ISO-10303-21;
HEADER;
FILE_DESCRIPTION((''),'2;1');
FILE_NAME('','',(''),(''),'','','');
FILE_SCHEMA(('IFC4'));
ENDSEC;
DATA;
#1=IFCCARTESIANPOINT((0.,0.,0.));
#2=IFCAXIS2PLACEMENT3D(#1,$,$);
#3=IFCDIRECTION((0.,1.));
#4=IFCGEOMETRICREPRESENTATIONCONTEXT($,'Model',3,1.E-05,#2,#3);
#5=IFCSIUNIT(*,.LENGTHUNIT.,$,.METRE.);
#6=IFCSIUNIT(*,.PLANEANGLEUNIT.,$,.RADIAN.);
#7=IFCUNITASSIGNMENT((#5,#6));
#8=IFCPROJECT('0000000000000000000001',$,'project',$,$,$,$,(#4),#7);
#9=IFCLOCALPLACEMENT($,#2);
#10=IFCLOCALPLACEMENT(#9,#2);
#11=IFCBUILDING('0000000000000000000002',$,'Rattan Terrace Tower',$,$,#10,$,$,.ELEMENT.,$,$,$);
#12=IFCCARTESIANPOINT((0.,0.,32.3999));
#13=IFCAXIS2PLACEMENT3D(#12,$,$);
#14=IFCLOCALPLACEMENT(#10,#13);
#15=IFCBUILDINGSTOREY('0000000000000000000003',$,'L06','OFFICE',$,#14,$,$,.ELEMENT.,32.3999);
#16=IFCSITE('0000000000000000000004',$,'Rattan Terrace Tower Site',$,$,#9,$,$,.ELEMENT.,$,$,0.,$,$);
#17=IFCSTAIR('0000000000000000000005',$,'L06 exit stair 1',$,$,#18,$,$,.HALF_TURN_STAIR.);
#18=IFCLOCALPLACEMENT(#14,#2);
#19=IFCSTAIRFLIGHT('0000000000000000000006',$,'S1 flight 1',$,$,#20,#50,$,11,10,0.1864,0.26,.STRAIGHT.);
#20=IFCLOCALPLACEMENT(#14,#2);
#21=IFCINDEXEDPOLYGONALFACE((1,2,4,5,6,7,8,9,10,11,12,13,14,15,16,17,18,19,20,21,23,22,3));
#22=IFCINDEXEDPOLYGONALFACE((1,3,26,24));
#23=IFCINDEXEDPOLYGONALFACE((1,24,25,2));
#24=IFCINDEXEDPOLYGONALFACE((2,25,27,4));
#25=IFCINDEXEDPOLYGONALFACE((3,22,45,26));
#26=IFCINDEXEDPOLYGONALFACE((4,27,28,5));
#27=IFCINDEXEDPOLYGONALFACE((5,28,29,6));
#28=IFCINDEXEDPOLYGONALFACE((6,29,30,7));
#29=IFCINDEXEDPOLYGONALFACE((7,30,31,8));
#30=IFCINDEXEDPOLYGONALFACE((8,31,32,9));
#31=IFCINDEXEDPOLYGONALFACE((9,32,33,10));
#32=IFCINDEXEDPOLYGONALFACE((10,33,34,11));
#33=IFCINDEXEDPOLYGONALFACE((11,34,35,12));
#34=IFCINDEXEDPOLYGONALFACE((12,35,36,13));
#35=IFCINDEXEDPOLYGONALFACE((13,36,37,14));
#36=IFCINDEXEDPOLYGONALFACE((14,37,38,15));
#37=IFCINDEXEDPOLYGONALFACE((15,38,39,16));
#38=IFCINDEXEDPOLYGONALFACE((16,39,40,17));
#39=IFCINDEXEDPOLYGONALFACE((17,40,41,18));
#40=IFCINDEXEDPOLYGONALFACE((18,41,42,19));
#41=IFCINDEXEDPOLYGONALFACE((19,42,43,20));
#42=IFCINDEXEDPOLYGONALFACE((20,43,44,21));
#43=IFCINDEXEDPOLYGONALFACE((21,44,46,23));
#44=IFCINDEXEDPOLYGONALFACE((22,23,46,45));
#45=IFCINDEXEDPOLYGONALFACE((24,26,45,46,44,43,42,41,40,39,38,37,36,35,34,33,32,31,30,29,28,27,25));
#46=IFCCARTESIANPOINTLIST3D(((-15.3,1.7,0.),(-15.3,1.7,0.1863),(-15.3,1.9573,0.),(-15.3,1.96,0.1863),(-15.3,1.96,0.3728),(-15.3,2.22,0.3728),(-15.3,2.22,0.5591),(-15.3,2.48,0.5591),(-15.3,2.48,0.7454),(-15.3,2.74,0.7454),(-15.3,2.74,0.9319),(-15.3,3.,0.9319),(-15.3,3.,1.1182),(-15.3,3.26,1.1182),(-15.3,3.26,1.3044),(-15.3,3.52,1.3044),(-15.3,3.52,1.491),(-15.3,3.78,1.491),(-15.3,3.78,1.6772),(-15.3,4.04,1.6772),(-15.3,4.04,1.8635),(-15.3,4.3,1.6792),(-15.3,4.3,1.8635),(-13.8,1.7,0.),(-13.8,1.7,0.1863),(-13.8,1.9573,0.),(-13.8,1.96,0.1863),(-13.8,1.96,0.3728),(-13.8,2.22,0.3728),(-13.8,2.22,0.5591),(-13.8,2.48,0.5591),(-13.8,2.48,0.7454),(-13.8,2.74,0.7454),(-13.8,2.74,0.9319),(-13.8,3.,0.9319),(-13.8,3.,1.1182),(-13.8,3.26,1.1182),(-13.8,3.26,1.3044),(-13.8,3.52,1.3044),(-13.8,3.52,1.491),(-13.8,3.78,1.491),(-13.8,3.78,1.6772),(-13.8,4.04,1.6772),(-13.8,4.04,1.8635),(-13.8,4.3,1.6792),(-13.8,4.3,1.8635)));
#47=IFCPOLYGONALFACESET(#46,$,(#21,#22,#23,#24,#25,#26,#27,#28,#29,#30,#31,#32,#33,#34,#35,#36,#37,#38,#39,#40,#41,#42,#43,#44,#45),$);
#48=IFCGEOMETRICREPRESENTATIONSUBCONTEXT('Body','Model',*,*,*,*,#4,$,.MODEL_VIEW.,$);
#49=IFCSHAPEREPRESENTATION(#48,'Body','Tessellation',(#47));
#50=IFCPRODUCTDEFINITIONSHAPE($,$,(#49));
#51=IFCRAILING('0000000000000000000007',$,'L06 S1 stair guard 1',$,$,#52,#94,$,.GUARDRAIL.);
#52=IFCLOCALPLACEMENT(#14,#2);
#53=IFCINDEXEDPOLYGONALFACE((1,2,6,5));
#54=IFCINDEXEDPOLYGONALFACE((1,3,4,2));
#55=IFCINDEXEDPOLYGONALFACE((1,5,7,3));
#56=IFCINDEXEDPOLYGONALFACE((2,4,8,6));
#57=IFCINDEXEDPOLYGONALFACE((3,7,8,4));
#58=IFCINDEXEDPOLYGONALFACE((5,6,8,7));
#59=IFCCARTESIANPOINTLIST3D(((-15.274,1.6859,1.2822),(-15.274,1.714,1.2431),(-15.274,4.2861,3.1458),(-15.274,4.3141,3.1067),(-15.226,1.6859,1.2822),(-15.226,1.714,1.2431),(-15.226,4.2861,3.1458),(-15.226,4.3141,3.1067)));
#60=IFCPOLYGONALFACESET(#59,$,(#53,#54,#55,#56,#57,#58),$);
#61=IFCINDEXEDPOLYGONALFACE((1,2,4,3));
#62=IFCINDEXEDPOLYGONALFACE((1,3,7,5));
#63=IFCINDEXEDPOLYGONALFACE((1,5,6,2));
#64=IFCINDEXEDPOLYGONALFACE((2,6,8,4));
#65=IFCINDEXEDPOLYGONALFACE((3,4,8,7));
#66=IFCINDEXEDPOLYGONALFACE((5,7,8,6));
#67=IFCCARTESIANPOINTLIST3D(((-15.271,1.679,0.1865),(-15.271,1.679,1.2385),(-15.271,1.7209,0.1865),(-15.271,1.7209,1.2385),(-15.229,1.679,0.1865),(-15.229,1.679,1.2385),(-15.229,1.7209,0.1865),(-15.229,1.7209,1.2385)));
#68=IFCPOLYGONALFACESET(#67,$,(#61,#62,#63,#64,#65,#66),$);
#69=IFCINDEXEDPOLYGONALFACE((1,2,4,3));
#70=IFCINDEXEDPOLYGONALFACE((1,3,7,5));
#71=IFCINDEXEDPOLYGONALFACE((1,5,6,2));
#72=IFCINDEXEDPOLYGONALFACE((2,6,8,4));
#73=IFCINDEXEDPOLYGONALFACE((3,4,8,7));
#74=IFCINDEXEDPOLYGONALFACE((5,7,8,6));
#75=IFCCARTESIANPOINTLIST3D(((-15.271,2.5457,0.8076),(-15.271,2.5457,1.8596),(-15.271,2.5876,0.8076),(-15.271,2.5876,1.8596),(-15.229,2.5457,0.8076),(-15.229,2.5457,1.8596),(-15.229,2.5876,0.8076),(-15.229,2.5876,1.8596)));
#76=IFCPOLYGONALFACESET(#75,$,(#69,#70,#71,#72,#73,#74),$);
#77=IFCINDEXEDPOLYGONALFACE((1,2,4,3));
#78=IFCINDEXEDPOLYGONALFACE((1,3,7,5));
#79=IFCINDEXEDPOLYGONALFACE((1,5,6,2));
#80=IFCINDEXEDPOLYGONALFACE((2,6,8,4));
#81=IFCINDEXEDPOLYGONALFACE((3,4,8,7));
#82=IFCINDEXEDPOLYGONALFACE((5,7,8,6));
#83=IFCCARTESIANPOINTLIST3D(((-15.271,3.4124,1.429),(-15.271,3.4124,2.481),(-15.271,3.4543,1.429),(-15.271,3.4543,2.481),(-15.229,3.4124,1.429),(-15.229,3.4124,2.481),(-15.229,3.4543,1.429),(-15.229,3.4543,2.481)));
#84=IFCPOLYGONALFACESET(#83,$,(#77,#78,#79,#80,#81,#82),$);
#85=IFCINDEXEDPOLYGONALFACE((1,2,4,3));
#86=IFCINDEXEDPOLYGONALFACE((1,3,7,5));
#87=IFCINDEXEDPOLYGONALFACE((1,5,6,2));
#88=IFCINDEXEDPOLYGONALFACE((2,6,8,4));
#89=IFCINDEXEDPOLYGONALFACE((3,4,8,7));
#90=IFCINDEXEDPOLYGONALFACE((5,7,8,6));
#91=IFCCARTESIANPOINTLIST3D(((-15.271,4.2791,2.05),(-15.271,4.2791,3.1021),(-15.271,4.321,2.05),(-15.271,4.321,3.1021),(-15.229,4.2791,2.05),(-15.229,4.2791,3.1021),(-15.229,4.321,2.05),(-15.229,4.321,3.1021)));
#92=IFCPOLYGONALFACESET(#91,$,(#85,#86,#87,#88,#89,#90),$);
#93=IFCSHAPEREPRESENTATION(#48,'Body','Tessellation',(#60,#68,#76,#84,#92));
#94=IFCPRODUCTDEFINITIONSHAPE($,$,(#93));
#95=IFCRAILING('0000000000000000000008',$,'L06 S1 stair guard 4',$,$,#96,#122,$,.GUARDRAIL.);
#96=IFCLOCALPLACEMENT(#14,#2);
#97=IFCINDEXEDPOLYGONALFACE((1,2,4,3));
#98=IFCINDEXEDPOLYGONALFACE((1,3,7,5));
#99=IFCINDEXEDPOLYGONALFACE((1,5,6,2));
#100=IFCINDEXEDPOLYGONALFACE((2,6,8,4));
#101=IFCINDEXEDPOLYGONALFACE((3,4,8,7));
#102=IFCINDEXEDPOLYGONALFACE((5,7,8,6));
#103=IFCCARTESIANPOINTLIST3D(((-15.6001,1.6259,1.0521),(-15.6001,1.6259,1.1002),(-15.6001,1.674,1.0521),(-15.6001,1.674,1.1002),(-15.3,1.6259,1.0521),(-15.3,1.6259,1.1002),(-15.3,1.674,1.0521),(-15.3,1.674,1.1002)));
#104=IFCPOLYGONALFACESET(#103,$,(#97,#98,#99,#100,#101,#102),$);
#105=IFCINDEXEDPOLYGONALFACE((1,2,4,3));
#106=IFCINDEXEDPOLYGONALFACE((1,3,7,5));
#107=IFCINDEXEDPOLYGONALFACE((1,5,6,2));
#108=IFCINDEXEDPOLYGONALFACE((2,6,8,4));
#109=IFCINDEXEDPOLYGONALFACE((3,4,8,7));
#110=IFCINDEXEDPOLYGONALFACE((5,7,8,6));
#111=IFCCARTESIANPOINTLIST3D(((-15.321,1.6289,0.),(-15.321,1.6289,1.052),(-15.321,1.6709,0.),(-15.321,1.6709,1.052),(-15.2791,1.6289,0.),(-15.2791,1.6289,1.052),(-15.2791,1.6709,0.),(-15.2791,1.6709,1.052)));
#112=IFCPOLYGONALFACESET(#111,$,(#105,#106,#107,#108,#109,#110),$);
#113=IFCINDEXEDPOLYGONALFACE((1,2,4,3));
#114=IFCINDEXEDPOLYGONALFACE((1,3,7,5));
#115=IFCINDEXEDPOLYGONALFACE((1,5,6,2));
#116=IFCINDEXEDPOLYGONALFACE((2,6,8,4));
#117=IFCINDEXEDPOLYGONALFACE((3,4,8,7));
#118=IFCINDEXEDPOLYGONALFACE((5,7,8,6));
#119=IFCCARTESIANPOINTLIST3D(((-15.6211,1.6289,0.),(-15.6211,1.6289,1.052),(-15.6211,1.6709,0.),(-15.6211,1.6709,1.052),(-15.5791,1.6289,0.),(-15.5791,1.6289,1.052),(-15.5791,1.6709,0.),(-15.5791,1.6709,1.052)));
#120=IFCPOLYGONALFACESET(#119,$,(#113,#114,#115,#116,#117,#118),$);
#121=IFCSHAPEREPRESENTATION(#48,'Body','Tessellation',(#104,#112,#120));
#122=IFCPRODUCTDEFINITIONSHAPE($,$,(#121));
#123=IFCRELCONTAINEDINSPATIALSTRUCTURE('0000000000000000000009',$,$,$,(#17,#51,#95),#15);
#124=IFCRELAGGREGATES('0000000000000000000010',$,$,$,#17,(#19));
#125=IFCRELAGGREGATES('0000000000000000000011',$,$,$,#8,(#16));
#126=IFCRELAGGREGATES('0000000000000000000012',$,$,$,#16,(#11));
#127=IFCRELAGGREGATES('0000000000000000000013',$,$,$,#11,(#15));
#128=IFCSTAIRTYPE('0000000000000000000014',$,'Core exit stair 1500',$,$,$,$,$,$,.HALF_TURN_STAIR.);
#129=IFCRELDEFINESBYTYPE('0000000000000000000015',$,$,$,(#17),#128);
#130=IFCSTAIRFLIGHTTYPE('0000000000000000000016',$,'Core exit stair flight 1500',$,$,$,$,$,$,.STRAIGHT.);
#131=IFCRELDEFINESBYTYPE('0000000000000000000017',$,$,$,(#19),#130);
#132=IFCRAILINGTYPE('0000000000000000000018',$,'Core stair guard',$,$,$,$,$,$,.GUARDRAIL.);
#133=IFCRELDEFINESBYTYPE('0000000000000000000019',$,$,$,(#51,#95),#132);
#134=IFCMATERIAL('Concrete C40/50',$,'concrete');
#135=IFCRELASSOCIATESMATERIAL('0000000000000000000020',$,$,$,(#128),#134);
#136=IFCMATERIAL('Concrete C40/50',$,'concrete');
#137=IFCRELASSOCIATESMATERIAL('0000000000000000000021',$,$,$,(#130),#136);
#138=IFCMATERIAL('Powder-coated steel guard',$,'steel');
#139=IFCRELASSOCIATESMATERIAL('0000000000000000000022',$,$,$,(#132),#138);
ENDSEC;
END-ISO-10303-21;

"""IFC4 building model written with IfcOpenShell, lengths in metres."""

from ifc_helpers import new_model, si_unit, direction, frame, origin, origin_2d, place, context, subcontext, project, spatial, polyline, rectangle, outline, extrude, material, type_object, element, aggregate, save


model = new_model("IFC4")

# Units and contexts
model_context = context("Model", 3, precision=1e-05, world=origin(), true_north=direction((0.0, 1.0)))
body_context = subcontext(model_context, "Body", "Model", "MODEL_VIEW")
ifc_project = project(units=[si_unit("LENGTHUNIT", "METRE"), si_unit("PLANEANGLEUNIT", "RADIAN")], contexts=[model_context])

# Site, building, storey
site_placement = place(None, origin())
site = spatial("IfcSite", under=ifc_project, at=site_placement, Name="Rattan Terrace Tower Site", CompositionType="ELEMENT", RefElevation=0.0)
building_placement = place(site_placement, origin())
building = spatial("IfcBuilding", under=site, at=building_placement, Name="Rattan Terrace Tower", CompositionType="ELEMENT")
storey_placement = place(building_placement, frame((0.0, 0.0, 32.3999)))
storey = spatial("IfcBuildingStorey", under=building, at=storey_placement, Name="L06", Description="OFFICE", CompositionType="ELEMENT", Elevation=32.3999)

# Stair, stair flight
ifc_material_1 = material(Name="Concrete C40/50", Category="concrete")
stair_type = type_object("IfcStairType", Name="Core exit stair 1500", PredefinedType="HALF_TURN_STAIR", material=ifc_material_1)
stair_placement = place(storey_placement, origin())
stair = element("IfcStair", 1, at=stair_placement, inside=storey, type_object=stair_type, Name="L06 exit stair 1", PredefinedType="HALF_TURN_STAIR")
ifc_material_2 = material(Name="Concrete C40/50", Category="concrete")
stair_flight_type = type_object("IfcStairFlightType", Name="Core exit stair flight 1500", PredefinedType="STRAIGHT", material=ifc_material_2)
stair_flight_placement = place(storey_placement, frame((-14.55, 1.7, 0.0), z_axis=(0.0, 0.0, 1.0), x_axis=(0.0, 1.0, 0.0)))
stair_flight = element("IfcStairFlight", 2, at=stair_flight_placement, type_object=stair_flight_type, Name="S1 flight 1", NumberOfRisers=11, NumberOfTreads=10, PredefinedType="STRAIGHT", RiserHeight=0.1864, TreadLength=0.26, context=body_context, shape_type="SweptSolid", body=[
    extrude(outline(polyline([(0.0, 0.0), (0.0, 0.1863), (0.26, 0.1863), (0.26, 0.3728), (0.52, 0.3728), (0.52, 0.5591), (0.78, 0.5591), (0.78, 0.7454), (1.04, 0.7454), (1.04, 0.9319), (1.3, 0.9319), (1.3, 1.1182), (1.5601, 1.1182), (1.5601, 1.3044), (1.8201, 1.3044), (1.8201, 1.491), (2.0801, 1.491), (2.0801, 1.6772), (2.3401, 1.6772), (2.3401, 1.8635), (2.6001, 1.8635), (2.6001, 2.05), (2.6001, 1.6792), (0.2573, 0.0), (0.0, 0.0)])), frame((0.0, 0.75, 0.0), z_axis=(0.0, -1.0, 0.0), x_axis=(1.0, 0.0, 0.0)), (0.0, 0.0, 1.0), 1.5),
])
aggregate(stair, [stair_flight])

# Railings
ifc_material_3 = material(Name="Powder-coated steel guard", Category="steel")
railing_type = type_object("IfcRailingType", Name="Core stair guard", PredefinedType="GUARDRAIL", material=ifc_material_3)
railing_1_placement = place(storey_placement, frame((-15.25, 1.7, 0.1865)))
element("IfcRailing", 3, at=railing_1_placement, inside=storey, type_object=railing_type, Name="L06 S1 stair guard 1", PredefinedType="GUARDRAIL", context=body_context, shape_type="SweptSolid", body=[
    extrude(rectangle(XDim=0.0481, YDim=0.0481, at=origin_2d()), frame((0.0, 0.0, 1.0762), z_axis=(0.0, 0.812799, 0.582544), x_axis=(-1.0, 0.0, 0.0)), (0.0, 0.0, 1.0), 3.199),
    extrude(rectangle(XDim=0.042, YDim=0.042, at=origin_2d()), origin(), (0.0, 0.0, 1.0), 1.052),
    extrude(rectangle(XDim=0.042, YDim=0.042, at=origin_2d()), frame((0.0, 0.8667, 0.6211)), (0.0, 0.0, 1.0), 1.052),
    extrude(rectangle(XDim=0.042, YDim=0.042, at=origin_2d()), frame((0.0, 1.7334, 1.2424)), (0.0, 0.0, 1.0), 1.052),
    extrude(rectangle(XDim=0.042, YDim=0.042, at=origin_2d()), frame((0.0, 2.6001, 1.8635)), (0.0, 0.0, 1.0), 1.052),
])
railing_2_placement = place(storey_placement, frame((-15.3, 1.6499, 0.0)))
element("IfcRailing", 4, at=railing_2_placement, inside=storey, type_object=railing_type, Name="L06 S1 stair guard 4", PredefinedType="GUARDRAIL", context=body_context, shape_type="SweptSolid", body=[
    extrude(rectangle(XDim=0.0481, YDim=0.0481, at=origin_2d()), frame((0.0, 0.0, 1.0762), z_axis=(-1.0, 0.0, 0.0), x_axis=(0.0, -1.0, 0.0)), (0.0, 0.0, 1.0), 0.3),
    extrude(rectangle(XDim=0.042, YDim=0.042, at=origin_2d()), origin(), (0.0, 0.0, 1.0), 1.052),
    extrude(rectangle(XDim=0.042, YDim=0.042, at=origin_2d()), frame((-0.3, 0.0, 0.0)), (0.0, 0.0, 1.0), 1.052),
])

save(model, "model.ifc")
